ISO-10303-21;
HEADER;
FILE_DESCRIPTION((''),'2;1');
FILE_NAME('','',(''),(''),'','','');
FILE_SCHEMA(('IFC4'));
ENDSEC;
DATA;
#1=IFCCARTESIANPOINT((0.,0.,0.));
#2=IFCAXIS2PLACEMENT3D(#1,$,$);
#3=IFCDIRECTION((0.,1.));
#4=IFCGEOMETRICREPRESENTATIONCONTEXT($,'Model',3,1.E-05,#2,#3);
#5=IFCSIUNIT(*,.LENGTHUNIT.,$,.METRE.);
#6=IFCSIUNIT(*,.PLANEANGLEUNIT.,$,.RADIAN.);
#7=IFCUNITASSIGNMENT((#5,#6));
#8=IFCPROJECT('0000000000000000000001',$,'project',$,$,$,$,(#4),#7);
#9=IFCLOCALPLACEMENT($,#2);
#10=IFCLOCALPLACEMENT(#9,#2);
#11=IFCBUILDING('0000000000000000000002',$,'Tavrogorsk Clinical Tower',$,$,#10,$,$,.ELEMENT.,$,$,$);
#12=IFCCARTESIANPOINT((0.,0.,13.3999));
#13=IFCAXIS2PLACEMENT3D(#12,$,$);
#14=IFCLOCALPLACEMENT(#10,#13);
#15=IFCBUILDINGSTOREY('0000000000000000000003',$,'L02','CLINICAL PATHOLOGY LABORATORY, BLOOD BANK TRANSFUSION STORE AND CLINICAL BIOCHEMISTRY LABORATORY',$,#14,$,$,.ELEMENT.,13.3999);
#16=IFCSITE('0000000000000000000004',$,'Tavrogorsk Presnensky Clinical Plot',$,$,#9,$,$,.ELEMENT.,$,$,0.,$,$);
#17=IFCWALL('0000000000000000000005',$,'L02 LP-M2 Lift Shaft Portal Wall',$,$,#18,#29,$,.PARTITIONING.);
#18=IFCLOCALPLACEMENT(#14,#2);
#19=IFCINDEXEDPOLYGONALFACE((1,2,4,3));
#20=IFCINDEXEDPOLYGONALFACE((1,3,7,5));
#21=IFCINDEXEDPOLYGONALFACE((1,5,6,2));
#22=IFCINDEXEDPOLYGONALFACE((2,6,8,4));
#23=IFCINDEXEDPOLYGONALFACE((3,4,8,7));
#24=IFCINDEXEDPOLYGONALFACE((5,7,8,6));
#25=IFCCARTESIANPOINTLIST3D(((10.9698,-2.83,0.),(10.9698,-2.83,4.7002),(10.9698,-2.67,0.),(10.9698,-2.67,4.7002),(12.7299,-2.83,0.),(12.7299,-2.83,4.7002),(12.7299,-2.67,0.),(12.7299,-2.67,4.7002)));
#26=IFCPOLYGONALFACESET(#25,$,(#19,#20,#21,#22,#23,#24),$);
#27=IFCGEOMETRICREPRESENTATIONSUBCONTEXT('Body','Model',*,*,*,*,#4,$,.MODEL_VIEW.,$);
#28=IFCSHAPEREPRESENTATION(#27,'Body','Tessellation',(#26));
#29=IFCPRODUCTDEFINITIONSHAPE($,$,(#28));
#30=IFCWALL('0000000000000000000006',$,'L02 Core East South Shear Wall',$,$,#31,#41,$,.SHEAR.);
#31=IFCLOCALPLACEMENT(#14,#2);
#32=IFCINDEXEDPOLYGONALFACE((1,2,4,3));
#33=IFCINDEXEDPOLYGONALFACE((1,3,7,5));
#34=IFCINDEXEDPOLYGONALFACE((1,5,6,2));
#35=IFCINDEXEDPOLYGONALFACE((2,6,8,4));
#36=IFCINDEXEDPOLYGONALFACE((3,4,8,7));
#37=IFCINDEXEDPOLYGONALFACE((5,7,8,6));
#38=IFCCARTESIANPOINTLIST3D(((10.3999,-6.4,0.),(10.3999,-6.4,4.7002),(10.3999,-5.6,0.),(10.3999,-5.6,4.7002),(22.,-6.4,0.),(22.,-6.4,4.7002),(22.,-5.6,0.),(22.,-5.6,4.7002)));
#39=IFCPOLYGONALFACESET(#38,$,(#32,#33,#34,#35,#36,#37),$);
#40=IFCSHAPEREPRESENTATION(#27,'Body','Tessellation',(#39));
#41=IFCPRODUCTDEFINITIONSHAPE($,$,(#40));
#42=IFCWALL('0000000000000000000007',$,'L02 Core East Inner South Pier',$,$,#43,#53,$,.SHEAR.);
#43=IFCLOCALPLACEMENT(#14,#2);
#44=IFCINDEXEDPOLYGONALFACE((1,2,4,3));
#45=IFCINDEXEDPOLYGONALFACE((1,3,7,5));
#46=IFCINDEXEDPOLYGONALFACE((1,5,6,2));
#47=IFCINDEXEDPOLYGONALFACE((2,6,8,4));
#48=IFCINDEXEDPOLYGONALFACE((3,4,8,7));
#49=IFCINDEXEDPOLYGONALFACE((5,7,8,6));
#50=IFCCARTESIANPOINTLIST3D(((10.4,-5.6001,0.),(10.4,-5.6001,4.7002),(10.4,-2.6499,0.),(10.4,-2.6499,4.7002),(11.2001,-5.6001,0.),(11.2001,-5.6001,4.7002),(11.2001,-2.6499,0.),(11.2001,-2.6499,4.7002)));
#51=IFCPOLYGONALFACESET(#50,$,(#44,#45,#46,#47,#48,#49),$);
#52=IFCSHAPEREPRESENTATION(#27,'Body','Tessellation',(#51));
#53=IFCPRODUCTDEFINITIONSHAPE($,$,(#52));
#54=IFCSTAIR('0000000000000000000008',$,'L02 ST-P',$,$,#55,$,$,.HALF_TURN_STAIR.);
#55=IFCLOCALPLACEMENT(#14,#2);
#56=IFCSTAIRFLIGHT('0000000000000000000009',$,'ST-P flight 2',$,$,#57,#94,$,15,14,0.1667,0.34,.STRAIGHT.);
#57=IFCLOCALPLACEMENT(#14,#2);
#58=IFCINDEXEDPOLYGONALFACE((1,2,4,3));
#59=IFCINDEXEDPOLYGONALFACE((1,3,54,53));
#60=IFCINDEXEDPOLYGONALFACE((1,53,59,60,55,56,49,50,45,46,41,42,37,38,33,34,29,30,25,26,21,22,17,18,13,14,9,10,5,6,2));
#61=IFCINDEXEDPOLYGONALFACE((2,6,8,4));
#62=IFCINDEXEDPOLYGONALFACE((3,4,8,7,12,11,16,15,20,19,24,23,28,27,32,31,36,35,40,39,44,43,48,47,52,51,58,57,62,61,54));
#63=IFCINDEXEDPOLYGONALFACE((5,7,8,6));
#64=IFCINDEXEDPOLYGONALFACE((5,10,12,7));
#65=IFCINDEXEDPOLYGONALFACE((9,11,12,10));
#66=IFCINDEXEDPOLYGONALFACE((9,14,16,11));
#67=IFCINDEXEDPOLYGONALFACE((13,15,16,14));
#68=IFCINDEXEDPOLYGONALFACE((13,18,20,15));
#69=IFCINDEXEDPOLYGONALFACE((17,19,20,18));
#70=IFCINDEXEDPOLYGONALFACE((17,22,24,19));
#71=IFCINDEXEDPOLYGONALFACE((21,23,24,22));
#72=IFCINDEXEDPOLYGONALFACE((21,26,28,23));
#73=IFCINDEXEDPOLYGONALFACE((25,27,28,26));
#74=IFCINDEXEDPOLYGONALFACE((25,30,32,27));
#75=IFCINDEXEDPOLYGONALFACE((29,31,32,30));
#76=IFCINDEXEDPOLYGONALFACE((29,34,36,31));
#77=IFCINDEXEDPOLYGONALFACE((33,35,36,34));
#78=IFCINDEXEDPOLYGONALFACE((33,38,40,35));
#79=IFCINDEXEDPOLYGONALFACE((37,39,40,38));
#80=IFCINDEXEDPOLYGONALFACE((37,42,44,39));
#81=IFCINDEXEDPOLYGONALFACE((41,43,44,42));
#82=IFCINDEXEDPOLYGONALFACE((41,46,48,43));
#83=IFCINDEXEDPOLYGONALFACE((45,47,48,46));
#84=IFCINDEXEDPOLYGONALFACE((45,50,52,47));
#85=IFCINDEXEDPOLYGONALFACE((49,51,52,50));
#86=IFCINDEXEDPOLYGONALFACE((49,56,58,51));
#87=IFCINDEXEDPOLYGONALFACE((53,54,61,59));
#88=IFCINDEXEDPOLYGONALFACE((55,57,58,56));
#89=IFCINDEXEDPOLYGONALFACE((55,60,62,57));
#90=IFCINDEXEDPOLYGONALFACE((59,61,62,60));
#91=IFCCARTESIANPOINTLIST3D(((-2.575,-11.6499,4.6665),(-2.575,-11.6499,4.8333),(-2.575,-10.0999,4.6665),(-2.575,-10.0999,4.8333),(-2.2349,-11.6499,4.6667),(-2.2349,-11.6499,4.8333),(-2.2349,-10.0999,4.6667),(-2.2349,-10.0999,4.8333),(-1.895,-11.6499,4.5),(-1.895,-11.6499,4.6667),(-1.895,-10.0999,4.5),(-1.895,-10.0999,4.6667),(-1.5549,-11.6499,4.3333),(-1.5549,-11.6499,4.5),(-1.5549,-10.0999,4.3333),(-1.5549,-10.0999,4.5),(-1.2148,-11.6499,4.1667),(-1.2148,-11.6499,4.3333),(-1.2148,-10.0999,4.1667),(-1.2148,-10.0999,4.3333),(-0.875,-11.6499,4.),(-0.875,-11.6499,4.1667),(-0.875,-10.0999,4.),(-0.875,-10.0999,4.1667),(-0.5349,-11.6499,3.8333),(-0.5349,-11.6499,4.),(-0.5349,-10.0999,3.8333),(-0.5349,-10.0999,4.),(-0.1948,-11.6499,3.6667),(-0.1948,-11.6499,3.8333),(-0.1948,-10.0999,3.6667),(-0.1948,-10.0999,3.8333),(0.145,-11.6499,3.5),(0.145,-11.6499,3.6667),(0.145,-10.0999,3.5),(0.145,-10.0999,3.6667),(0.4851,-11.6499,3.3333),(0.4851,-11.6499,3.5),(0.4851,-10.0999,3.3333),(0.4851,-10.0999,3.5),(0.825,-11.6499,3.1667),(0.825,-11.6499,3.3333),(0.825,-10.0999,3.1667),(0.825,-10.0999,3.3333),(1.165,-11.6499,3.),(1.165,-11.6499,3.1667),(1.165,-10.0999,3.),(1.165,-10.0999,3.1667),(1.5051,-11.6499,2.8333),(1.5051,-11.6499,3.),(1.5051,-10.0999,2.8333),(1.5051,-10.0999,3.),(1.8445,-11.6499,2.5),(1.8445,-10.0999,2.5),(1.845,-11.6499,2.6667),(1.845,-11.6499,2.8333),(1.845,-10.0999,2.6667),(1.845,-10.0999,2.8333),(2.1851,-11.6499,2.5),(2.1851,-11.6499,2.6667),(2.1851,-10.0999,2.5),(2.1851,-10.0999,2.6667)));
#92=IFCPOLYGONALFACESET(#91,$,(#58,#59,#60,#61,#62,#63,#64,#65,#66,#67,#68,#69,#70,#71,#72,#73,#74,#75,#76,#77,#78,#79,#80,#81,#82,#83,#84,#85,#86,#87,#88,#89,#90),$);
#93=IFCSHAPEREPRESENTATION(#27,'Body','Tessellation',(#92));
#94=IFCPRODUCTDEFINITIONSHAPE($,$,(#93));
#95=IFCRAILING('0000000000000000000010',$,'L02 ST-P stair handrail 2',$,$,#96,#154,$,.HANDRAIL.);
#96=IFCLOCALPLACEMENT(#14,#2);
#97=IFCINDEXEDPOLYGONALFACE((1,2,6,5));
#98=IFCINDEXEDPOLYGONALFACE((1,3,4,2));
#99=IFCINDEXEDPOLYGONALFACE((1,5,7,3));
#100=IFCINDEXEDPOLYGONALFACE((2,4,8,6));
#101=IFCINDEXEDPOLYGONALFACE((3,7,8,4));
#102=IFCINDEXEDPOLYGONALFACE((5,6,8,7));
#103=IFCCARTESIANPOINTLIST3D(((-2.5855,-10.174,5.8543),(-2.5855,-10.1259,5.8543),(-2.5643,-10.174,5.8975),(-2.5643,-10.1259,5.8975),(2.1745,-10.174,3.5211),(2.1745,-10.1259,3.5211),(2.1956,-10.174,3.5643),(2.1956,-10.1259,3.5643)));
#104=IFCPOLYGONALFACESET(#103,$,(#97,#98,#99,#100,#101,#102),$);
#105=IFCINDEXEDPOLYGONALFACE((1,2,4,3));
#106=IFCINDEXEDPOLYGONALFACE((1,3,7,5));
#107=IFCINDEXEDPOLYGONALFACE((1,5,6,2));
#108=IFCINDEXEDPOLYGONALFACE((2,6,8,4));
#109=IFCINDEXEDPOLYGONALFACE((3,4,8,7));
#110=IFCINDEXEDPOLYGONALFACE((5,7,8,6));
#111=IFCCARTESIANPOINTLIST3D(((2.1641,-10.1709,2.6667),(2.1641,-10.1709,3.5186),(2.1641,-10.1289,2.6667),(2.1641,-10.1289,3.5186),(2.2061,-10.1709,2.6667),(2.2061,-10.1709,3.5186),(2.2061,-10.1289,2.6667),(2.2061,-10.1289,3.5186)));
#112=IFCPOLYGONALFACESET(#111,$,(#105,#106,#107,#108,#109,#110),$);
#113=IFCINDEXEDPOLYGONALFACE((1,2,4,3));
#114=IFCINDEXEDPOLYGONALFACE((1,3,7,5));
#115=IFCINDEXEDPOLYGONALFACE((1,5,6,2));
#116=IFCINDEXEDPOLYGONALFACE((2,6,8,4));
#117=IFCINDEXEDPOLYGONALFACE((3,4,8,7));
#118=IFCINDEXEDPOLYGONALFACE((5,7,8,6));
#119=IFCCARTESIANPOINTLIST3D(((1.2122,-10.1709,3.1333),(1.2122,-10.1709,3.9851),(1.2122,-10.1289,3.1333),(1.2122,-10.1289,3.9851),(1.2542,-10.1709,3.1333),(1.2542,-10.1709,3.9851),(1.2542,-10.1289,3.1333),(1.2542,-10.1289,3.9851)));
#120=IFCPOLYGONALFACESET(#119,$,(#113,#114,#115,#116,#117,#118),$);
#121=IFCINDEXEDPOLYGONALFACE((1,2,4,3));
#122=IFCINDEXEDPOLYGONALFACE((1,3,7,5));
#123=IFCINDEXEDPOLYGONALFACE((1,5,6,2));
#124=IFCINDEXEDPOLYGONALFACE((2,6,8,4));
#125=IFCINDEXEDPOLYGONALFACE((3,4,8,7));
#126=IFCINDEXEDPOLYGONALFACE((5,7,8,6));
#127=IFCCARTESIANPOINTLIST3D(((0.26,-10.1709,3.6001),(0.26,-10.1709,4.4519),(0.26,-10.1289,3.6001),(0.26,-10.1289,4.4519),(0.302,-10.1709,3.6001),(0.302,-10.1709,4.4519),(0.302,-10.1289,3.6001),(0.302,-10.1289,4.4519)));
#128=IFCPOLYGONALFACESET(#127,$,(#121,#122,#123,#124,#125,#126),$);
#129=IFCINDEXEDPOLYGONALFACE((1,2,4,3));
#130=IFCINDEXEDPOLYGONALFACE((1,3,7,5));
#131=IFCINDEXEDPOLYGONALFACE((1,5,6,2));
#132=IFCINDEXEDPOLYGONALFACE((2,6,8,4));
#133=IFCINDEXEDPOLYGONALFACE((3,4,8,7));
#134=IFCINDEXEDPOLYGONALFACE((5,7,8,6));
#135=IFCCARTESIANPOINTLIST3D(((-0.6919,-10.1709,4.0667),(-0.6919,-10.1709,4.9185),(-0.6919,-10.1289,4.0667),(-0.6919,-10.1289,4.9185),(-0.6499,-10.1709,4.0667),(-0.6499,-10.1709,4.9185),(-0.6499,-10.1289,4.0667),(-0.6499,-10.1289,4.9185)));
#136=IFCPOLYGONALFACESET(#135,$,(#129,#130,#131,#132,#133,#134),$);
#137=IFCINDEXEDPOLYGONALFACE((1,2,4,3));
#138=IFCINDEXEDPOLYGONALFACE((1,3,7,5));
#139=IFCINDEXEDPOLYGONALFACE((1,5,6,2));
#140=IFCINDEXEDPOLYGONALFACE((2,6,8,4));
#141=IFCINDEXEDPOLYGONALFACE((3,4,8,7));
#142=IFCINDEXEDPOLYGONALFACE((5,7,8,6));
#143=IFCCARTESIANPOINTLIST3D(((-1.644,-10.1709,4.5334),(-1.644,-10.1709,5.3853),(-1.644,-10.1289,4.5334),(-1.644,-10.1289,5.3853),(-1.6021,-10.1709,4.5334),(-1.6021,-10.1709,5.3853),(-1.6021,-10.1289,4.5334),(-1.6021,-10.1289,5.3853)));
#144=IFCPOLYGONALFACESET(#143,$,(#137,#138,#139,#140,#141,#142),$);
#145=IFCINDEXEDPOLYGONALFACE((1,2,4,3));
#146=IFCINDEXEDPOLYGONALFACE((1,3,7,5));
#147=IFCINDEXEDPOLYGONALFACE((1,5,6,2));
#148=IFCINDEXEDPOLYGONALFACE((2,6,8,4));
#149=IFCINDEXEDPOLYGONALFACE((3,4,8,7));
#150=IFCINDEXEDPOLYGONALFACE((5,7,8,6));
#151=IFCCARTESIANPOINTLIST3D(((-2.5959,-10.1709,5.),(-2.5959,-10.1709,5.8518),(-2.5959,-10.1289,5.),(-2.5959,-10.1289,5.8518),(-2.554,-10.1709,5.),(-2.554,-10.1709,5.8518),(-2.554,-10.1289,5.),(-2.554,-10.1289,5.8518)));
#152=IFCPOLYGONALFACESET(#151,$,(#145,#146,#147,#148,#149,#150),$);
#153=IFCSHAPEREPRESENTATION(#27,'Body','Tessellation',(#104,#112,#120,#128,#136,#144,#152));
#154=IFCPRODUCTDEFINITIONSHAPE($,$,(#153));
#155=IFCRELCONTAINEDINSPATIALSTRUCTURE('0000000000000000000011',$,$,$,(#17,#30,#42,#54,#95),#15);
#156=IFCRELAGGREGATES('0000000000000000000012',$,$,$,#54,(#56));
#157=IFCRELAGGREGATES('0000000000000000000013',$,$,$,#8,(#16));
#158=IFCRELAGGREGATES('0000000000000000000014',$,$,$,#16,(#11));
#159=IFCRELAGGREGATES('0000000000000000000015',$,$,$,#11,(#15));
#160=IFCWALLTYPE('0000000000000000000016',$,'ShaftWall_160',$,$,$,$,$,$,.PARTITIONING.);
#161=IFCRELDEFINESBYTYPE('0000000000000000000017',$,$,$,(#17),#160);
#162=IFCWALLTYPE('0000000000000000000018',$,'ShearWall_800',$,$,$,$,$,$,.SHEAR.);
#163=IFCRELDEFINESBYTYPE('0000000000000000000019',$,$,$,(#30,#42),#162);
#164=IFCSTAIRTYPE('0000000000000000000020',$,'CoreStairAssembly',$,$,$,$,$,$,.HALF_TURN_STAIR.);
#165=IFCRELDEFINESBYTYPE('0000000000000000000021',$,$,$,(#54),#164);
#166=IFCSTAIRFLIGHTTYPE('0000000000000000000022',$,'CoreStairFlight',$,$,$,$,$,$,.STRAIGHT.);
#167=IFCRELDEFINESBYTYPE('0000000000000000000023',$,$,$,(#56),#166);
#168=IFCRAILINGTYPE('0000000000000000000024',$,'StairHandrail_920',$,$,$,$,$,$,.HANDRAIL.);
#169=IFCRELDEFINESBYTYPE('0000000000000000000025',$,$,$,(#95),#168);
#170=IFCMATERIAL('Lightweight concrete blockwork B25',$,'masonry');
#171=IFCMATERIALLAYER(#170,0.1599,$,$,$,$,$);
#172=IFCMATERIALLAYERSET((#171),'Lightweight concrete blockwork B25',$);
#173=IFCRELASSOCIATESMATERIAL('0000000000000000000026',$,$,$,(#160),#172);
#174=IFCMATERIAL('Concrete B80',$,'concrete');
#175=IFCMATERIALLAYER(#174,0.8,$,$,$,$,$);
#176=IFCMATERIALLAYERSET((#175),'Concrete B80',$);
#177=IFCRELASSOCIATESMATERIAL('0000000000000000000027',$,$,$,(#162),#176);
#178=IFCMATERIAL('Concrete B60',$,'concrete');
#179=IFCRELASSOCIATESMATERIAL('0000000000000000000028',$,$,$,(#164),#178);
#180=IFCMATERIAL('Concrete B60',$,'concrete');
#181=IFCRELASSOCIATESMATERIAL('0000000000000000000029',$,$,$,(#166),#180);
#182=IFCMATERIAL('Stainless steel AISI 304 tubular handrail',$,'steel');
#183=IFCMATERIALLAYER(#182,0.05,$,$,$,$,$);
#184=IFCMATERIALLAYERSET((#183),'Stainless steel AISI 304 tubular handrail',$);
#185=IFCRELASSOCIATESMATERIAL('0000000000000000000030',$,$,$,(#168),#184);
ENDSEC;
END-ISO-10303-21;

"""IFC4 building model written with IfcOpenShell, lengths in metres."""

from ifc_helpers import new_model, si_unit, direction, frame, frame_2d, origin, origin_2d, place, context, subcontext, project, spatial, polyline, rectangle, outline, extrude, material, layer, layer_set, type_object, element, aggregate, save


model = new_model("IFC4")

# Units and contexts
model_context = context("Model", 3, precision=1e-05, world=origin(), true_north=direction((0.0, 1.0)))
body_context = subcontext(model_context, "Body", "Model", "MODEL_VIEW")
ifc_project = project(units=[si_unit("LENGTHUNIT", "METRE"), si_unit("PLANEANGLEUNIT", "RADIAN")], contexts=[model_context])

# Site, building, storey
site_placement = place(None, origin())
site = spatial("IfcSite", under=ifc_project, at=site_placement, Name="Tavrogorsk Presnensky Clinical Plot", CompositionType="ELEMENT", RefElevation=0.0)
building_placement = place(site_placement, origin())
building = spatial("IfcBuilding", under=site, at=building_placement, Name="Tavrogorsk Clinical Tower", CompositionType="ELEMENT")
storey_placement = place(building_placement, frame((0.0, 0.0, 13.3999)))
storey = spatial("IfcBuildingStorey", under=building, at=storey_placement, Name="L02", Description="CLINICAL PATHOLOGY LABORATORY, BLOOD BANK TRANSFUSION STORE AND CLINICAL BIOCHEMISTRY LABORATORY", CompositionType="ELEMENT", Elevation=13.3999)

# Shared definitions
ifc_material_1 = material(Name="Lightweight concrete blockwork B25", Category="masonry")
ifc_layer_1 = layer(ifc_material_1, 0.1599)
ifc_layer_set_1 = layer_set([ifc_layer_1], Name="Lightweight concrete blockwork B25")
wall_type_1 = type_object("IfcWallType", Name="ShaftWall_160", PredefinedType="PARTITIONING", material=ifc_layer_set_1)

# Walls
wall_1_placement = place(storey_placement, frame((10.97, -2.75, 0.0), z_axis=(0.0, 0.0, 1.0), x_axis=(1.0, 0.0, 0.0)))
element("IfcWall", 1, at=wall_1_placement, inside=storey, type_object=wall_type_1, Name="L02 LP-M2 Lift Shaft Portal Wall", PredefinedType="PARTITIONING", context=body_context, shape_type="SweptSolid", body=[
    extrude(rectangle(XDim=1.76, YDim=0.1599, at=frame_2d((0.8799, 0.0))), origin(), (0.0, 0.0, 1.0), 4.7002),
])
ifc_material_2 = material(Name="Concrete B80", Category="concrete")
ifc_layer_2 = layer(ifc_material_2, 0.8)
ifc_layer_set_2 = layer_set([ifc_layer_2], Name="Concrete B80")
wall_type_2 = type_object("IfcWallType", Name="ShearWall_800", PredefinedType="SHEAR", material=ifc_layer_set_2)
wall_2_placement = place(storey_placement, frame((10.3999, -6.0, 0.0), z_axis=(0.0, 0.0, 1.0), x_axis=(1.0, 0.0, 0.0)))
element("IfcWall", 2, at=wall_2_placement, inside=storey, type_object=wall_type_2, Name="L02 Core East South Shear Wall", PredefinedType="SHEAR", context=body_context, shape_type="SweptSolid", body=[
    extrude(rectangle(XDim=11.6001, YDim=0.8, at=frame_2d((5.8, 0.0))), origin(), (0.0, 0.0, 1.0), 4.7002),
])
wall_3_placement = place(storey_placement, frame((10.8, -5.6001, 0.0), z_axis=(0.0, 0.0, 1.0), x_axis=(0.0, 1.0, 0.0)))
element("IfcWall", 3, at=wall_3_placement, inside=storey, type_object=wall_type_2, Name="L02 Core East Inner South Pier", PredefinedType="SHEAR", context=body_context, shape_type="SweptSolid", body=[
    extrude(rectangle(XDim=2.9502, YDim=0.8, at=frame_2d((1.4751, 0.0))), origin(), (0.0, 0.0, 1.0), 4.7002),
])

# Stair, stair flight
ifc_material_3 = material(Name="Concrete B60", Category="concrete")
stair_type = type_object("IfcStairType", Name="CoreStairAssembly", PredefinedType="HALF_TURN_STAIR", material=ifc_material_3)
stair_placement = place(storey_placement, origin())
stair = element("IfcStair", 4, at=stair_placement, inside=storey, type_object=stair_type, Name="L02 ST-P", PredefinedType="HALF_TURN_STAIR")
ifc_material_4 = material(Name="Concrete B60", Category="concrete")
stair_flight_type = type_object("IfcStairFlightType", Name="CoreStairFlight", PredefinedType="STRAIGHT", material=ifc_material_4)
stair_flight_placement = place(storey_placement, frame((2.1851, -10.875, 2.5), z_axis=(0.0, 0.0, 1.0), x_axis=(-1.0, 0.0, 0.0)))
stair_flight = element("IfcStairFlight", 5, at=stair_flight_placement, type_object=stair_flight_type, Name="ST-P flight 2", NumberOfRisers=15, NumberOfTreads=14, PredefinedType="STRAIGHT", RiserHeight=0.1667, TreadLength=0.34, context=body_context, shape_type="SweptSolid", body=[
    extrude(outline(polyline([(0.0, 0.0), (0.0, 0.1667), (0.3401, 0.1667), (0.3401, 0.3333), (0.6799, 0.3333), (0.6799, 0.5), (1.02, 0.5), (1.02, 0.6667), (1.3601, 0.6667), (1.3601, 0.8333), (1.7, 0.8333), (1.7, 1.0), (2.04, 1.0), (2.04, 1.1667), (2.3799, 1.1667), (2.3799, 1.3333), (2.72, 1.3333), (2.72, 1.5), (3.0601, 1.5), (3.0601, 1.6667), (3.3999, 1.6667), (3.3999, 1.8333), (3.74, 1.8333), (3.74, 2.0), (4.0801, 2.0), (4.0801, 2.1667), (4.4199, 2.1667), (4.4199, 2.3333), (4.76, 2.3333), (4.76, 2.5), (4.76, 2.1665), (0.3406, 0.0), (0.0, 0.0)])), frame((0.0, 0.7749, 0.0), z_axis=(0.0, -1.0, 0.0), x_axis=(1.0, 0.0, 0.0)), (0.0, 0.0, 1.0), 1.55),
])
aggregate(stair, [stair_flight])

# Railing
ifc_material_5 = material(Name="Stainless steel AISI 304 tubular handrail", Category="steel")
ifc_layer_3 = layer(ifc_material_5, 0.05)
ifc_layer_set_3 = layer_set([ifc_layer_3], Name="Stainless steel AISI 304 tubular handrail")
railing_type = type_object("IfcRailingType", Name="StairHandrail_920", PredefinedType="HANDRAIL", material=ifc_layer_set_3)
railing_placement = place(storey_placement, frame((2.1851, -10.1499, 2.6667)))
element("IfcRailing", 6, at=railing_placement, inside=storey, type_object=railing_type, Name="L02 ST-P stair handrail 2", PredefinedType="HANDRAIL", context=body_context, shape_type="SweptSolid", body=[
    extrude(rectangle(XDim=0.0481, YDim=0.0481, at=origin_2d()), frame((0.0, 0.0, 0.876), z_axis=(-0.897927, 0.0, 0.440144), x_axis=(0.0, -1.0, 0.0)), (0.0, 0.0, 1.0), 5.301),
    extrude(rectangle(XDim=0.042, YDim=0.042, at=origin_2d()), origin(), (0.0, 0.0, 1.0), 0.8518),
    extrude(rectangle(XDim=0.042, YDim=0.042, at=origin_2d()), frame((-0.9519, 0.0, 0.4666)), (0.0, 0.0, 1.0), 0.8518),
    extrude(rectangle(XDim=0.042, YDim=0.042, at=origin_2d()), frame((-1.9041, 0.0, 0.9333)), (0.0, 0.0, 1.0), 0.8518),
    extrude(rectangle(XDim=0.042, YDim=0.042, at=origin_2d()), frame((-2.856, 0.0, 1.3999)), (0.0, 0.0, 1.0), 0.8518),
    extrude(rectangle(XDim=0.042, YDim=0.042, at=origin_2d()), frame((-3.8081, 0.0, 1.8667)), (0.0, 0.0, 1.0), 0.8518),
    extrude(rectangle(XDim=0.042, YDim=0.042, at=origin_2d()), frame((-4.76, 0.0, 2.3333)), (0.0, 0.0, 1.0), 0.8518),
])

save(model, "model.ifc")
